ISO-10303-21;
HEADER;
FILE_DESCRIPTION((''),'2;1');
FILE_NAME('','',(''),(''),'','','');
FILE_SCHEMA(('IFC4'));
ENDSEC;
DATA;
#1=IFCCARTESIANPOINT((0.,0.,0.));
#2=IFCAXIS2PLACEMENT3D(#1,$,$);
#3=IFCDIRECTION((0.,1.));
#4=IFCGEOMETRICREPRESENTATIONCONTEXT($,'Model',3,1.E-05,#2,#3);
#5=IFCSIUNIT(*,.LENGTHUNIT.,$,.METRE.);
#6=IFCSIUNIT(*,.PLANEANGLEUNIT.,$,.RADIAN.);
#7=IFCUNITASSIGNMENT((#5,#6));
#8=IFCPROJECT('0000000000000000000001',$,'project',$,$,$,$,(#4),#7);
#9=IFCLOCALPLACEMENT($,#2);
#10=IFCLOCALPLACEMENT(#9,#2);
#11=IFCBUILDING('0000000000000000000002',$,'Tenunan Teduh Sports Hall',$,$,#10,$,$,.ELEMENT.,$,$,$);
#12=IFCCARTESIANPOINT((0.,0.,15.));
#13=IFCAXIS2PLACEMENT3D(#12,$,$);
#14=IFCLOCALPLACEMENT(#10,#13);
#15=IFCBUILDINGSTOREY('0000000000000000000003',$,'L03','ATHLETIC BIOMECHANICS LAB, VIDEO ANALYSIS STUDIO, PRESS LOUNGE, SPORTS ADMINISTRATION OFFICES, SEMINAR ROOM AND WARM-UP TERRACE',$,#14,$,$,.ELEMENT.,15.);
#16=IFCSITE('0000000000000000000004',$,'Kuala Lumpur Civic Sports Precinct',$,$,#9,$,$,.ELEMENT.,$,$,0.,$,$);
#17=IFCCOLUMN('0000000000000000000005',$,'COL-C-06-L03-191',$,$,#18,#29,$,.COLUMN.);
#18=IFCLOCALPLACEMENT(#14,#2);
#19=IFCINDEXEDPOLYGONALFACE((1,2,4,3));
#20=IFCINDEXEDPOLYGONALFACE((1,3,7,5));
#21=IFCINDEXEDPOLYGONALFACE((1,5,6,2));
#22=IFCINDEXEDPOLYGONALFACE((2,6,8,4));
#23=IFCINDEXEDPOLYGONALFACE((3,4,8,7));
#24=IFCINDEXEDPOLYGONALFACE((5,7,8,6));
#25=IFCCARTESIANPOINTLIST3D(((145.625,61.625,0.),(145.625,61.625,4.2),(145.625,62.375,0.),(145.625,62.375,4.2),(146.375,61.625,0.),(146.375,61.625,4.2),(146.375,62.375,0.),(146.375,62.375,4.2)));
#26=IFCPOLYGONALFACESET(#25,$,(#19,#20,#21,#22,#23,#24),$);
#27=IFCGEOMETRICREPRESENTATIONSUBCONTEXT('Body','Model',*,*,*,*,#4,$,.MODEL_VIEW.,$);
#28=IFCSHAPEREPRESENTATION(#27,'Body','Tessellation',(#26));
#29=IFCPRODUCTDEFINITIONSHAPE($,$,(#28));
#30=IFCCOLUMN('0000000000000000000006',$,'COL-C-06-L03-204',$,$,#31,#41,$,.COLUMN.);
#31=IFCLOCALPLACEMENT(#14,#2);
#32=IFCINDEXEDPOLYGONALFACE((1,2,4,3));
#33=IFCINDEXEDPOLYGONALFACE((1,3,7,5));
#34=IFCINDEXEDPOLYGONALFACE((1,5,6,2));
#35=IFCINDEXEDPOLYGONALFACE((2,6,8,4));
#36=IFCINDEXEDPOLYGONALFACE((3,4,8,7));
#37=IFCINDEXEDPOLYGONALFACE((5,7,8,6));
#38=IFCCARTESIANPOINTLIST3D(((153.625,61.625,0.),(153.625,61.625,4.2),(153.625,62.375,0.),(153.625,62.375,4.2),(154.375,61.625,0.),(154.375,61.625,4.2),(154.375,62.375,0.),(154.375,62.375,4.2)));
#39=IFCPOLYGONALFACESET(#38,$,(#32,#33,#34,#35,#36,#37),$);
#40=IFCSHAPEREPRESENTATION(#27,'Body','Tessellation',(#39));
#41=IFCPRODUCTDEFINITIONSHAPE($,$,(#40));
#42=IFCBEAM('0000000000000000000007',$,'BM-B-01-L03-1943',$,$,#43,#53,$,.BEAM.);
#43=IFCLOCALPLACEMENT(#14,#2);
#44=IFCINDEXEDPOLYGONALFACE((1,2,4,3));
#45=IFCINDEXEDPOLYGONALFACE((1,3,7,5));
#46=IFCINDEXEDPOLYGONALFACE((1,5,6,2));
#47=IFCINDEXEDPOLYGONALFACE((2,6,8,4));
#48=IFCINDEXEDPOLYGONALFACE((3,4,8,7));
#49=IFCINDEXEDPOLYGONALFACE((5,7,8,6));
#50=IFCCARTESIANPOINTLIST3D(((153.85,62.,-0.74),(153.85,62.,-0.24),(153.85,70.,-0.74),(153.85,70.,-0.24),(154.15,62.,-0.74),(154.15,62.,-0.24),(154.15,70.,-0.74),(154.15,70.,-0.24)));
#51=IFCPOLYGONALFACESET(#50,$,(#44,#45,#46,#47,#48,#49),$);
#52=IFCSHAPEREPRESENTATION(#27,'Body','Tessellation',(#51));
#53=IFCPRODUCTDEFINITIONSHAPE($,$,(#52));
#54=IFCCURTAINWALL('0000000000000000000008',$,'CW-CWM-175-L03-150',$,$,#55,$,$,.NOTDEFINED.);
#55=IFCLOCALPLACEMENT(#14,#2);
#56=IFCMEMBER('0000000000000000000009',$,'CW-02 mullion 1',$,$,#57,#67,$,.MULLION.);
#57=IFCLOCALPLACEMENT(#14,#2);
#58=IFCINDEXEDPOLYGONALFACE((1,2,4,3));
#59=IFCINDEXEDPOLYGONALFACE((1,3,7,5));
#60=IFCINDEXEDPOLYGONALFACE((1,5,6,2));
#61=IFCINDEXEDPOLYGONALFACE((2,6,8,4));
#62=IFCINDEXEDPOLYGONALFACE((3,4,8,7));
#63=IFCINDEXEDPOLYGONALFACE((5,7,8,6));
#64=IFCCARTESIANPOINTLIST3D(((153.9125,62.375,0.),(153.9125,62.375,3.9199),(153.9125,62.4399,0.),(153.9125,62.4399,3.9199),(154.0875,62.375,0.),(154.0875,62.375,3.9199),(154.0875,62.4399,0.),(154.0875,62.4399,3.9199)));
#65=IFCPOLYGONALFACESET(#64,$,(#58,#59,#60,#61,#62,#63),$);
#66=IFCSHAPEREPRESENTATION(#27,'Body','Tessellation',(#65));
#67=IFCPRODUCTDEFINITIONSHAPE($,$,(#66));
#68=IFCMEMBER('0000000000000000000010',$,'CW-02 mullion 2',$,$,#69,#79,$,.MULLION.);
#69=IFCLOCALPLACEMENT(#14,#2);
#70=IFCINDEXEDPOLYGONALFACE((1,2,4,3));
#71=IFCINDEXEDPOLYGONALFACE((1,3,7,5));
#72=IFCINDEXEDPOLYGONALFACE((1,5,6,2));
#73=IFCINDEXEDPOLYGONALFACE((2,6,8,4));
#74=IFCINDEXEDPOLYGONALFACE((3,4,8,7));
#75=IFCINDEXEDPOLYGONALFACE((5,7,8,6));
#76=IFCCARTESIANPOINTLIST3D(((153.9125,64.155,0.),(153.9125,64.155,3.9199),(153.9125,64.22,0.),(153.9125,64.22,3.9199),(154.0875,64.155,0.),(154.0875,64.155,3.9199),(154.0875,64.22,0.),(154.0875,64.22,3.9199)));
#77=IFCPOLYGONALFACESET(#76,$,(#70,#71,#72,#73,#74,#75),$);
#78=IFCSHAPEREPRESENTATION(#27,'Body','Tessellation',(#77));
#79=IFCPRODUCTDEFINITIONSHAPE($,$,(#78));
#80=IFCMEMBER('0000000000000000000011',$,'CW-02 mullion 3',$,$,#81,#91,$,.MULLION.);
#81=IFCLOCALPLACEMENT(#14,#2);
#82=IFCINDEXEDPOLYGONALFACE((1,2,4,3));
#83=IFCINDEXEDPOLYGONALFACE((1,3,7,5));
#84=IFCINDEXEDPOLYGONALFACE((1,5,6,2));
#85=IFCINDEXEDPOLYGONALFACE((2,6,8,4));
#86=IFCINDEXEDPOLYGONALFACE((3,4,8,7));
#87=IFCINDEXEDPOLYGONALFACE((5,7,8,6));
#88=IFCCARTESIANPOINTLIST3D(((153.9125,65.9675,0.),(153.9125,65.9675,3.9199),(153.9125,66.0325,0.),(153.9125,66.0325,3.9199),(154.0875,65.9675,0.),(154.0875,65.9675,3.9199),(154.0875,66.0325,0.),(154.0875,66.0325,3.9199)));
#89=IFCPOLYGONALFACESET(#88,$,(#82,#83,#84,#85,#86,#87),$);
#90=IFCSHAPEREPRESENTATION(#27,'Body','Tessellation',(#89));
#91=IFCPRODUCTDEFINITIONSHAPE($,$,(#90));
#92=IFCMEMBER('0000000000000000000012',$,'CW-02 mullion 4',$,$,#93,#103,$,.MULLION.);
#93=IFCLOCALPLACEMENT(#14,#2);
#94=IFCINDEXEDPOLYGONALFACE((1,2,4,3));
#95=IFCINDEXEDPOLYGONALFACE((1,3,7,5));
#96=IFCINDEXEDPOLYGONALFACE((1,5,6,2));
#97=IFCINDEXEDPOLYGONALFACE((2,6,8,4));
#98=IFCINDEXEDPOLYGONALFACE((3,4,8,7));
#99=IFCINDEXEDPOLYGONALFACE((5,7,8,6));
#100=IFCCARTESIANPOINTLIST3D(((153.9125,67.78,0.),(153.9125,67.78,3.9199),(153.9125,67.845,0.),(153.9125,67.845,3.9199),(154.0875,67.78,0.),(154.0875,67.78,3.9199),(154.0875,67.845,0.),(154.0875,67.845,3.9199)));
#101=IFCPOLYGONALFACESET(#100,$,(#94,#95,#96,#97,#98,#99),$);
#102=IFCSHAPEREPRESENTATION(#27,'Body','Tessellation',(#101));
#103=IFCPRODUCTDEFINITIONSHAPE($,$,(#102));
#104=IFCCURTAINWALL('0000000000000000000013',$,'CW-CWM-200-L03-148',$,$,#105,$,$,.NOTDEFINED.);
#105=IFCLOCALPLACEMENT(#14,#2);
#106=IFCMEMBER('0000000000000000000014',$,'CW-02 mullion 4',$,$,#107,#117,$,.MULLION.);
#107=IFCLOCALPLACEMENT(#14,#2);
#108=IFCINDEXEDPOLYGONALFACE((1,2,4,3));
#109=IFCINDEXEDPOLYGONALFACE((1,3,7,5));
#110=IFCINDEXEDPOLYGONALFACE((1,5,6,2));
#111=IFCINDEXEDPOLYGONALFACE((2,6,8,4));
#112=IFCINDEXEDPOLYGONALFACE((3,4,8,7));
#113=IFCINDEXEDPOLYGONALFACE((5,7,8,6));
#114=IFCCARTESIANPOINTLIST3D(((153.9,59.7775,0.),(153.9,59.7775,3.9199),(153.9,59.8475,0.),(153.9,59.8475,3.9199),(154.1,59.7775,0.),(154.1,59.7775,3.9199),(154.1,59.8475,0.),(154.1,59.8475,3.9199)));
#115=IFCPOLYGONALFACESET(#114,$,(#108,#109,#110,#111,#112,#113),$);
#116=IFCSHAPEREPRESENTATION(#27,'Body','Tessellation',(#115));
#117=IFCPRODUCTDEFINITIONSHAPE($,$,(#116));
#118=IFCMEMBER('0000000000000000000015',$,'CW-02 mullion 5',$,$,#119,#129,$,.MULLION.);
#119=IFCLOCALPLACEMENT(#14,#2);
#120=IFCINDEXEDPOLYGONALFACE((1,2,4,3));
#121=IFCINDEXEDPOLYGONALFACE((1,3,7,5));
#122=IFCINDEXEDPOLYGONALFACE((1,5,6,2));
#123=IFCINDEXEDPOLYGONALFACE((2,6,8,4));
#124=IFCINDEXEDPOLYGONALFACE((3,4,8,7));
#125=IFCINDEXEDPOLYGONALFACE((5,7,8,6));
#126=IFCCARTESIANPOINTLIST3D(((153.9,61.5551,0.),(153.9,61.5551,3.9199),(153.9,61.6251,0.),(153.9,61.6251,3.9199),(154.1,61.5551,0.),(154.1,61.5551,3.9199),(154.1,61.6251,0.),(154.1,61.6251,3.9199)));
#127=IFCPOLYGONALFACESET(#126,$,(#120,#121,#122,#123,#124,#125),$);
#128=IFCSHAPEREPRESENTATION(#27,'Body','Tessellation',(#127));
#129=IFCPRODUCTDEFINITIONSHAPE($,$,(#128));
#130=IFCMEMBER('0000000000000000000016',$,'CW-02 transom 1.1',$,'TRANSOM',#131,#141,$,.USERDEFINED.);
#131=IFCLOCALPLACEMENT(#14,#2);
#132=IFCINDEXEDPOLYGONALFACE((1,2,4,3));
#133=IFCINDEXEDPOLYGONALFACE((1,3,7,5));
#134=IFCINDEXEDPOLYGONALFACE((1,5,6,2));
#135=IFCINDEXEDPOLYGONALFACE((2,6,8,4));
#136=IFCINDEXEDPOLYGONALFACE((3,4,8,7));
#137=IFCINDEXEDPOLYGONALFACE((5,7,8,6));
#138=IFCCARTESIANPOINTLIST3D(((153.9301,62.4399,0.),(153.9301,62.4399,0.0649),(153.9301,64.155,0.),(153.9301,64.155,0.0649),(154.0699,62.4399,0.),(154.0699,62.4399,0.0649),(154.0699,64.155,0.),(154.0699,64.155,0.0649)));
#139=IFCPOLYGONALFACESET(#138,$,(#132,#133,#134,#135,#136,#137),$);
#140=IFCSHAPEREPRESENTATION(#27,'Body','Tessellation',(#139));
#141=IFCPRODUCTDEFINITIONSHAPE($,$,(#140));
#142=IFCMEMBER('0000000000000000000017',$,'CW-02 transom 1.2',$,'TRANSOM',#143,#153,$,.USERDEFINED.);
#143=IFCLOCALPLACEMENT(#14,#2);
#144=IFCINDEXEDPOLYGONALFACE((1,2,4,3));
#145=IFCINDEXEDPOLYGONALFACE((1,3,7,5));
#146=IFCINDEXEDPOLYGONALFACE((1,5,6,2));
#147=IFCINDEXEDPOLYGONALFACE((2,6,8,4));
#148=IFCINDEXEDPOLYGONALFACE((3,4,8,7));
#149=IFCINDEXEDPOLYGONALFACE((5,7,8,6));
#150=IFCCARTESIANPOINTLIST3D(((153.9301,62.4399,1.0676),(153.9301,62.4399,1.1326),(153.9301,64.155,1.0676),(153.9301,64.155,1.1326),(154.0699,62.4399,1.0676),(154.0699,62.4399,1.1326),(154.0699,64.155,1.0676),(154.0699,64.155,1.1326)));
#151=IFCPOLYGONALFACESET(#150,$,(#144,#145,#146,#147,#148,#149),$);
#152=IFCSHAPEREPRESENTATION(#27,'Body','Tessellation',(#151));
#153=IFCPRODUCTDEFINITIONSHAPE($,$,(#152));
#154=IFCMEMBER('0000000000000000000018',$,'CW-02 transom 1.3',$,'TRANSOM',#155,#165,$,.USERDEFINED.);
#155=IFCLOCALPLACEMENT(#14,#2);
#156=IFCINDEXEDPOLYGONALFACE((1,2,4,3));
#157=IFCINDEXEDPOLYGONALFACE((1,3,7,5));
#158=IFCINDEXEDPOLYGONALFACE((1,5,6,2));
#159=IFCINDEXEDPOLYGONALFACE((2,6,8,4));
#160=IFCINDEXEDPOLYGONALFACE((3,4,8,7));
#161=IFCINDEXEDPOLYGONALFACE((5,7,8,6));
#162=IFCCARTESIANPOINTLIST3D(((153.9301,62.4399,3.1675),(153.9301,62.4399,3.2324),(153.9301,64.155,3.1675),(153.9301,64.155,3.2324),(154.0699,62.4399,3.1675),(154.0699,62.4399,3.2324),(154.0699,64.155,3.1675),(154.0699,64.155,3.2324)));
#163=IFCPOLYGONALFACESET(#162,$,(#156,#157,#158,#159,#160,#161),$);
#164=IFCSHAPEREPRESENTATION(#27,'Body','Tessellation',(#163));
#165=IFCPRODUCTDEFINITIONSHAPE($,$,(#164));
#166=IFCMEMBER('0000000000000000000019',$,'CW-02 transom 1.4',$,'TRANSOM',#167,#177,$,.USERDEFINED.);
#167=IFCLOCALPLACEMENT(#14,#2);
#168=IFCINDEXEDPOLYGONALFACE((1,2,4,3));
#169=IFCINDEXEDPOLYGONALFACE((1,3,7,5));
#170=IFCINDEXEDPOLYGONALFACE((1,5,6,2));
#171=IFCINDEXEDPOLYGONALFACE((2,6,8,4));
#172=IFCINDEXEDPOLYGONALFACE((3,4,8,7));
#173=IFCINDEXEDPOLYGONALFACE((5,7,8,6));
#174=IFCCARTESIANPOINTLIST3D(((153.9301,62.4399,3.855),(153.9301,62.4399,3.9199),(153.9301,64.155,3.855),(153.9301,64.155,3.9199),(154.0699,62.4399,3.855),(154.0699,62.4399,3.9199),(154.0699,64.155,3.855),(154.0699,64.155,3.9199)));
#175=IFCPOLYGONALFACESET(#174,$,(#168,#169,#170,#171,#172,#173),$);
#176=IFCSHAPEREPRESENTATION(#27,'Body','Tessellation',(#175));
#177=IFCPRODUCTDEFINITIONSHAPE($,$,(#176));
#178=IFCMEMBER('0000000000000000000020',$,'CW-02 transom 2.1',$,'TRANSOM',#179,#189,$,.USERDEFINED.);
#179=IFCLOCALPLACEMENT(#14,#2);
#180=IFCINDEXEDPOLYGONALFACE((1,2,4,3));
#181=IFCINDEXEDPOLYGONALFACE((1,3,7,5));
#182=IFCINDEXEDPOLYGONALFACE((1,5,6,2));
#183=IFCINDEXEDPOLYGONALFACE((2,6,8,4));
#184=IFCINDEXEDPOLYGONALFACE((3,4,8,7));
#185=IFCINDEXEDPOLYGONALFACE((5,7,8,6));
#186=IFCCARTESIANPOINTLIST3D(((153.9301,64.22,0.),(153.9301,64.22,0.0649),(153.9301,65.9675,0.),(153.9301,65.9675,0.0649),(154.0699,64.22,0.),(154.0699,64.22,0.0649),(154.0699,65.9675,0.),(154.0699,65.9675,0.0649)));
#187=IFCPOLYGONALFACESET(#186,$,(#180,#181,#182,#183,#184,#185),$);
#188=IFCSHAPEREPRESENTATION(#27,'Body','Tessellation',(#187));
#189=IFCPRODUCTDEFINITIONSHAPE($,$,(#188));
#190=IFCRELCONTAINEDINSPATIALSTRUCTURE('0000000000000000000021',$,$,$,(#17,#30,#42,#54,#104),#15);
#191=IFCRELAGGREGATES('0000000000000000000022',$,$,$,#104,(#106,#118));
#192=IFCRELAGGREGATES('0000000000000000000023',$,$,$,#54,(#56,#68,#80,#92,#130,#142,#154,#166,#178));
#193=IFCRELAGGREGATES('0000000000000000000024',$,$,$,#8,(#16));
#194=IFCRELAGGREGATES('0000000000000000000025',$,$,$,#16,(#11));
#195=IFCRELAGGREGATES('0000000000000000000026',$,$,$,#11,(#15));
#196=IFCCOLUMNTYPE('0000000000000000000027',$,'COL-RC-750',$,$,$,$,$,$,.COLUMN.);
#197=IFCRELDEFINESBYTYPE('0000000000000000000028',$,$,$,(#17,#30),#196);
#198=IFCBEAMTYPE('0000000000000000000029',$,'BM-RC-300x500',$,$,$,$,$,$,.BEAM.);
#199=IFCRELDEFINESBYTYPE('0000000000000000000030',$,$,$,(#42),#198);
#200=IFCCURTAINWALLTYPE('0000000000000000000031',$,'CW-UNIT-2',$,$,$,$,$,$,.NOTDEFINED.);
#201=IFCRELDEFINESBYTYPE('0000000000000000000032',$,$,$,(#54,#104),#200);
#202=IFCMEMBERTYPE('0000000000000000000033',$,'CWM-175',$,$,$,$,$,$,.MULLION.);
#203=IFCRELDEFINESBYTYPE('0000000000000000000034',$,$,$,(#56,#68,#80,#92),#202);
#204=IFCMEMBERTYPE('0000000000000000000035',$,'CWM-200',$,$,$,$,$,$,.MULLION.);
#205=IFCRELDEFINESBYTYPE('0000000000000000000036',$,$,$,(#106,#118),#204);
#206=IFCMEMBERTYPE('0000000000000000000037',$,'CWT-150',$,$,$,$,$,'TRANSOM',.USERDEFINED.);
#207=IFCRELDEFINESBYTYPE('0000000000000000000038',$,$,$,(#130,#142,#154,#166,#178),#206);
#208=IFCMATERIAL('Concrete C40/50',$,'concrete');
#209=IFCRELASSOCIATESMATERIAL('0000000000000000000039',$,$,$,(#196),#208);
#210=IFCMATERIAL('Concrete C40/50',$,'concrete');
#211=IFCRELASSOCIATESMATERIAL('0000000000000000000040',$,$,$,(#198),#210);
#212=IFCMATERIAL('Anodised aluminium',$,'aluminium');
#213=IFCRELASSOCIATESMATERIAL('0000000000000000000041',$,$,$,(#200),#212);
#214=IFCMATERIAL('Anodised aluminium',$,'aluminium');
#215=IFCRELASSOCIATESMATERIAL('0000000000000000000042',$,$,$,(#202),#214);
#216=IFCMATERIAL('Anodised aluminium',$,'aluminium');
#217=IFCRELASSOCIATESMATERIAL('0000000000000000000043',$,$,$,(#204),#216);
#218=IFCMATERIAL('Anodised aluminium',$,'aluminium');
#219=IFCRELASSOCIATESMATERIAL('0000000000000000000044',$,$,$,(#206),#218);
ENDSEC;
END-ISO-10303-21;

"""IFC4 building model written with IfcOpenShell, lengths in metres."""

from ifc_helpers import new_model, si_unit, direction, frame, origin, origin_2d, place, context, subcontext, project, spatial, rectangle, extrude, material, material_profile, profile_set, type_object, element, aggregate, save


model = new_model("IFC4")

# Units and contexts
model_context = context("Model", 3, precision=1e-05, world=origin(), true_north=direction((0.0, 1.0)))
body_context = subcontext(model_context, "Body", "Model", "MODEL_VIEW")
ifc_project = project(units=[si_unit("LENGTHUNIT", "METRE"), si_unit("PLANEANGLEUNIT", "RADIAN")], contexts=[model_context])

# Site, building, storey
site_placement = place(None, origin())
site = spatial("IfcSite", under=ifc_project, at=site_placement, Name="Kuala Lumpur Civic Sports Precinct", CompositionType="ELEMENT", RefElevation=0.0)
building_placement = place(site_placement, origin())
building = spatial("IfcBuilding", under=site, at=building_placement, Name="Tenunan Teduh Sports Hall", CompositionType="ELEMENT")
storey_placement = place(building_placement, frame((0.0, 0.0, 15.0)))
storey = spatial("IfcBuildingStorey", under=building, at=storey_placement, Name="L03", Description="ATHLETIC BIOMECHANICS LAB, VIDEO ANALYSIS STUDIO, PRESS LOUNGE, SPORTS ADMINISTRATION OFFICES, SEMINAR ROOM AND WARM-UP TERRACE", CompositionType="ELEMENT", Elevation=15.0)

# Columns
ifc_material_1 = material(Name="Concrete C40/50", Category="concrete")
ifc_material_profile_1 = material_profile(ifc_material_1, rectangle(XDim=0.75, YDim=0.75, at=origin_2d()), Name="RC 750x750")
ifc_profile_set_1 = profile_set([ifc_material_profile_1], Name="Concrete C40/50")
column_type = type_object("IfcColumnType", Name="COL-RC-750", PredefinedType="COLUMN", material=ifc_profile_set_1)
for number, where, z_axis, x_axis, name in (
    (1, (146.0, 62.0, 0.0), (0.0, 0.0, 1.0), (1.0, 0.0, 0.0), "COL-C-06-L03-191"),
    (2, (154.0, 62.0, 0.0), (0.0, 0.0, 1.0), (1.0, 0.0, 0.0), "COL-C-06-L03-204"),
):
    element("IfcColumn", number, at=place(storey_placement, frame(where, z_axis=z_axis, x_axis=x_axis)), inside=storey, type_object=column_type, Name=name, PredefinedType="COLUMN", context=body_context, shape_type="SweptSolid", body=[
        extrude(rectangle(XDim=0.75, YDim=0.75, at=origin_2d()), origin(), (0.0, 0.0, 1.0), 4.2),
    ])

# Beam
ifc_material_2 = material(Name="Concrete C40/50", Category="concrete")
ifc_material_profile_2 = material_profile(ifc_material_2, rectangle(XDim=0.3, YDim=0.5, at=origin_2d()), Name="RCB 300x500")
ifc_profile_set_2 = profile_set([ifc_material_profile_2], Name="Concrete C40/50")
beam_type = type_object("IfcBeamType", Name="BM-RC-300x500", PredefinedType="BEAM", material=ifc_profile_set_2)
beam_placement = place(storey_placement, frame((154.0, 62.0, -0.49), z_axis=(0.0, 1.0, 0.0), x_axis=(-1.0, 0.0, 0.0)))
element("IfcBeam", 3, at=beam_placement, inside=storey, type_object=beam_type, Name="BM-B-01-L03-1943", PredefinedType="BEAM", context=body_context, shape_type="SweptSolid", body=[
    extrude(rectangle(XDim=0.3, YDim=0.5, at=origin_2d()), origin(), (0.0, 0.0, 1.0), 8.0),
])

# Curtain walls, members
ifc_material_3 = material(Name="Anodised aluminium", Category="aluminium")
curtain_wall_type = type_object("IfcCurtainWallType", Name="CW-UNIT-2", PredefinedType="NOTDEFINED", material=ifc_material_3)
curtain_wall_1_placement = place(storey_placement, origin())
curtain_wall_1 = element("IfcCurtainWall", 4, at=curtain_wall_1_placement, inside=storey, type_object=curtain_wall_type, Name="CW-CWM-175-L03-150", PredefinedType="NOTDEFINED")
ifc_material_4 = material(Name="Anodised aluminium", Category="aluminium")
ifc_material_profile_3 = material_profile(ifc_material_4, rectangle(XDim=0.0649, YDim=0.175, at=origin_2d()), Name="CWM 65x175")
ifc_profile_set_3 = profile_set([ifc_material_profile_3], Name="Anodised aluminium")
member_type_1 = type_object("IfcMemberType", Name="CWM-175", PredefinedType="MULLION", material=ifc_profile_set_3)
member_1_placement = place(storey_placement, frame((154.0, 62.4075, 0.0), z_axis=(0.0, 0.0, 1.0), x_axis=(0.0, 1.0, 0.0)))
member_1 = element("IfcMember", 5, at=member_1_placement, type_object=member_type_1, Name="CW-02 mullion 1", PredefinedType="MULLION", context=body_context, shape_type="SweptSolid", body=[
    extrude(rectangle(XDim=0.0649, YDim=0.175, at=origin_2d()), origin(), (0.0, 0.0, 1.0), 3.9199),
])
member_2_placement = place(storey_placement, frame((154.0, 64.1875, 0.0), z_axis=(0.0, 0.0, 1.0), x_axis=(0.0, 1.0, 0.0)))
member_2 = element("IfcMember", 6, at=member_2_placement, type_object=member_type_1, Name="CW-02 mullion 2", PredefinedType="MULLION", context=body_context, shape_type="SweptSolid", body=[
    extrude(rectangle(XDim=0.0649, YDim=0.175, at=origin_2d()), origin(), (0.0, 0.0, 1.0), 3.9199),
])
member_3_placement = place(storey_placement, frame((154.0, 66.0, 0.0), z_axis=(0.0, 0.0, 1.0), x_axis=(0.0, 1.0, 0.0)))
member_3 = element("IfcMember", 7, at=member_3_placement, type_object=member_type_1, Name="CW-02 mullion 3", PredefinedType="MULLION", context=body_context, shape_type="SweptSolid", body=[
    extrude(rectangle(XDim=0.0649, YDim=0.175, at=origin_2d()), origin(), (0.0, 0.0, 1.0), 3.9199),
])
member_4_placement = place(storey_placement, frame((154.0, 67.8125, 0.0), z_axis=(0.0, 0.0, 1.0), x_axis=(0.0, 1.0, 0.0)))
member_4 = element("IfcMember", 8, at=member_4_placement, type_object=member_type_1, Name="CW-02 mullion 4", PredefinedType="MULLION", context=body_context, shape_type="SweptSolid", body=[
    extrude(rectangle(XDim=0.0649, YDim=0.175, at=origin_2d()), origin(), (0.0, 0.0, 1.0), 3.9199),
])
curtain_wall_2_placement = place(storey_placement, origin())
curtain_wall_2 = element("IfcCurtainWall", 9, at=curtain_wall_2_placement, inside=storey, type_object=curtain_wall_type, Name="CW-CWM-200-L03-148", PredefinedType="NOTDEFINED")
ifc_material_5 = material(Name="Anodised aluminium", Category="aluminium")
ifc_material_profile_4 = material_profile(ifc_material_5, rectangle(XDim=0.0701, YDim=0.2, at=origin_2d()), Name="CWM 70x200")
ifc_profile_set_4 = profile_set([ifc_material_profile_4], Name="Anodised aluminium")
member_type_2 = type_object("IfcMemberType", Name="CWM-200", PredefinedType="MULLION", material=ifc_profile_set_4)
member_5_placement = place(storey_placement, frame((154.0, 59.8125, 0.0), z_axis=(0.0, 0.0, 1.0), x_axis=(0.0, 1.0, 0.0)))
member_5 = element("IfcMember", 10, at=member_5_placement, type_object=member_type_2, Name="CW-02 mullion 4", PredefinedType="MULLION", context=body_context, shape_type="SweptSolid", body=[
    extrude(rectangle(XDim=0.0701, YDim=0.2, at=origin_2d()), origin(), (0.0, 0.0, 1.0), 3.9199),
])
member_6_placement = place(storey_placement, frame((154.0, 61.5901, 0.0), z_axis=(0.0, 0.0, 1.0), x_axis=(0.0, 1.0, 0.0)))
member_6 = element("IfcMember", 11, at=member_6_placement, type_object=member_type_2, Name="CW-02 mullion 5", PredefinedType="MULLION", context=body_context, shape_type="SweptSolid", body=[
    extrude(rectangle(XDim=0.0701, YDim=0.2, at=origin_2d()), origin(), (0.0, 0.0, 1.0), 3.9199),
])

# Members
ifc_material_6 = material(Name="Anodised aluminium", Category="aluminium")
ifc_material_profile_5 = material_profile(ifc_material_6, rectangle(XDim=0.0649, YDim=0.1399, at=origin_2d()), Name="CWT 65x140")
ifc_profile_set_5 = profile_set([ifc_material_profile_5], Name="Anodised aluminium")
member_type_3 = type_object("IfcMemberType", Name="CWT-150", ElementType="TRANSOM", PredefinedType="USERDEFINED", material=ifc_profile_set_5)
member_7_placement = place(storey_placement, frame((154.0, 62.4399, 0.0325), z_axis=(0.0, 1.0, 0.0), x_axis=(0.0, 0.0, 1.0)))
member_7 = element("IfcMember", 12, at=member_7_placement, type_object=member_type_3, Name="CW-02 transom 1.1", ObjectType="TRANSOM", PredefinedType="USERDEFINED", context=body_context, shape_type="SweptSolid", body=[
    extrude(rectangle(XDim=0.0649, YDim=0.1399, at=origin_2d()), origin(), (0.0, 0.0, 1.0), 1.7151),
])
member_8_placement = place(storey_placement, frame((154.0, 62.4399, 1.1001), z_axis=(0.0, 1.0, 0.0), x_axis=(0.0, 0.0, 1.0)))
member_8 = element("IfcMember", 13, at=member_8_placement, type_object=member_type_3, Name="CW-02 transom 1.2", ObjectType="TRANSOM", PredefinedType="USERDEFINED", context=body_context, shape_type="SweptSolid", body=[
    extrude(rectangle(XDim=0.0649, YDim=0.1399, at=origin_2d()), origin(), (0.0, 0.0, 1.0), 1.7151),
])
member_9_placement = place(storey_placement, frame((154.0, 62.4399, 3.2), z_axis=(0.0, 1.0, 0.0), x_axis=(0.0, 0.0, 1.0)))
member_9 = element("IfcMember", 14, at=member_9_placement, type_object=member_type_3, Name="CW-02 transom 1.3", ObjectType="TRANSOM", PredefinedType="USERDEFINED", context=body_context, shape_type="SweptSolid", body=[
    extrude(rectangle(XDim=0.0649, YDim=0.1399, at=origin_2d()), origin(), (0.0, 0.0, 1.0), 1.7151),
])
member_10_placement = place(storey_placement, frame((154.0, 62.4399, 3.8875), z_axis=(0.0, 1.0, 0.0), x_axis=(0.0, 0.0, 1.0)))
member_10 = element("IfcMember", 15, at=member_10_placement, type_object=member_type_3, Name="CW-02 transom 1.4", ObjectType="TRANSOM", PredefinedType="USERDEFINED", context=body_context, shape_type="SweptSolid", body=[
    extrude(rectangle(XDim=0.0649, YDim=0.1399, at=origin_2d()), origin(), (0.0, 0.0, 1.0), 1.7151),
])
member_11_placement = place(storey_placement, frame((154.0, 64.22, 0.0325), z_axis=(0.0, 1.0, 0.0), x_axis=(0.0, 0.0, 1.0)))
member_11 = element("IfcMember", 16, at=member_11_placement, type_object=member_type_3, Name="CW-02 transom 2.1", ObjectType="TRANSOM", PredefinedType="USERDEFINED", context=body_context, shape_type="SweptSolid", body=[
    extrude(rectangle(XDim=0.0649, YDim=0.1399, at=origin_2d()), origin(), (0.0, 0.0, 1.0), 1.7476),
])

aggregate(curtain_wall_2, [member_5, member_6])
aggregate(curtain_wall_1, [member_1, member_2, member_3, member_4, member_7, member_8, member_9, member_10, member_11])

save(model, "model.ifc")
